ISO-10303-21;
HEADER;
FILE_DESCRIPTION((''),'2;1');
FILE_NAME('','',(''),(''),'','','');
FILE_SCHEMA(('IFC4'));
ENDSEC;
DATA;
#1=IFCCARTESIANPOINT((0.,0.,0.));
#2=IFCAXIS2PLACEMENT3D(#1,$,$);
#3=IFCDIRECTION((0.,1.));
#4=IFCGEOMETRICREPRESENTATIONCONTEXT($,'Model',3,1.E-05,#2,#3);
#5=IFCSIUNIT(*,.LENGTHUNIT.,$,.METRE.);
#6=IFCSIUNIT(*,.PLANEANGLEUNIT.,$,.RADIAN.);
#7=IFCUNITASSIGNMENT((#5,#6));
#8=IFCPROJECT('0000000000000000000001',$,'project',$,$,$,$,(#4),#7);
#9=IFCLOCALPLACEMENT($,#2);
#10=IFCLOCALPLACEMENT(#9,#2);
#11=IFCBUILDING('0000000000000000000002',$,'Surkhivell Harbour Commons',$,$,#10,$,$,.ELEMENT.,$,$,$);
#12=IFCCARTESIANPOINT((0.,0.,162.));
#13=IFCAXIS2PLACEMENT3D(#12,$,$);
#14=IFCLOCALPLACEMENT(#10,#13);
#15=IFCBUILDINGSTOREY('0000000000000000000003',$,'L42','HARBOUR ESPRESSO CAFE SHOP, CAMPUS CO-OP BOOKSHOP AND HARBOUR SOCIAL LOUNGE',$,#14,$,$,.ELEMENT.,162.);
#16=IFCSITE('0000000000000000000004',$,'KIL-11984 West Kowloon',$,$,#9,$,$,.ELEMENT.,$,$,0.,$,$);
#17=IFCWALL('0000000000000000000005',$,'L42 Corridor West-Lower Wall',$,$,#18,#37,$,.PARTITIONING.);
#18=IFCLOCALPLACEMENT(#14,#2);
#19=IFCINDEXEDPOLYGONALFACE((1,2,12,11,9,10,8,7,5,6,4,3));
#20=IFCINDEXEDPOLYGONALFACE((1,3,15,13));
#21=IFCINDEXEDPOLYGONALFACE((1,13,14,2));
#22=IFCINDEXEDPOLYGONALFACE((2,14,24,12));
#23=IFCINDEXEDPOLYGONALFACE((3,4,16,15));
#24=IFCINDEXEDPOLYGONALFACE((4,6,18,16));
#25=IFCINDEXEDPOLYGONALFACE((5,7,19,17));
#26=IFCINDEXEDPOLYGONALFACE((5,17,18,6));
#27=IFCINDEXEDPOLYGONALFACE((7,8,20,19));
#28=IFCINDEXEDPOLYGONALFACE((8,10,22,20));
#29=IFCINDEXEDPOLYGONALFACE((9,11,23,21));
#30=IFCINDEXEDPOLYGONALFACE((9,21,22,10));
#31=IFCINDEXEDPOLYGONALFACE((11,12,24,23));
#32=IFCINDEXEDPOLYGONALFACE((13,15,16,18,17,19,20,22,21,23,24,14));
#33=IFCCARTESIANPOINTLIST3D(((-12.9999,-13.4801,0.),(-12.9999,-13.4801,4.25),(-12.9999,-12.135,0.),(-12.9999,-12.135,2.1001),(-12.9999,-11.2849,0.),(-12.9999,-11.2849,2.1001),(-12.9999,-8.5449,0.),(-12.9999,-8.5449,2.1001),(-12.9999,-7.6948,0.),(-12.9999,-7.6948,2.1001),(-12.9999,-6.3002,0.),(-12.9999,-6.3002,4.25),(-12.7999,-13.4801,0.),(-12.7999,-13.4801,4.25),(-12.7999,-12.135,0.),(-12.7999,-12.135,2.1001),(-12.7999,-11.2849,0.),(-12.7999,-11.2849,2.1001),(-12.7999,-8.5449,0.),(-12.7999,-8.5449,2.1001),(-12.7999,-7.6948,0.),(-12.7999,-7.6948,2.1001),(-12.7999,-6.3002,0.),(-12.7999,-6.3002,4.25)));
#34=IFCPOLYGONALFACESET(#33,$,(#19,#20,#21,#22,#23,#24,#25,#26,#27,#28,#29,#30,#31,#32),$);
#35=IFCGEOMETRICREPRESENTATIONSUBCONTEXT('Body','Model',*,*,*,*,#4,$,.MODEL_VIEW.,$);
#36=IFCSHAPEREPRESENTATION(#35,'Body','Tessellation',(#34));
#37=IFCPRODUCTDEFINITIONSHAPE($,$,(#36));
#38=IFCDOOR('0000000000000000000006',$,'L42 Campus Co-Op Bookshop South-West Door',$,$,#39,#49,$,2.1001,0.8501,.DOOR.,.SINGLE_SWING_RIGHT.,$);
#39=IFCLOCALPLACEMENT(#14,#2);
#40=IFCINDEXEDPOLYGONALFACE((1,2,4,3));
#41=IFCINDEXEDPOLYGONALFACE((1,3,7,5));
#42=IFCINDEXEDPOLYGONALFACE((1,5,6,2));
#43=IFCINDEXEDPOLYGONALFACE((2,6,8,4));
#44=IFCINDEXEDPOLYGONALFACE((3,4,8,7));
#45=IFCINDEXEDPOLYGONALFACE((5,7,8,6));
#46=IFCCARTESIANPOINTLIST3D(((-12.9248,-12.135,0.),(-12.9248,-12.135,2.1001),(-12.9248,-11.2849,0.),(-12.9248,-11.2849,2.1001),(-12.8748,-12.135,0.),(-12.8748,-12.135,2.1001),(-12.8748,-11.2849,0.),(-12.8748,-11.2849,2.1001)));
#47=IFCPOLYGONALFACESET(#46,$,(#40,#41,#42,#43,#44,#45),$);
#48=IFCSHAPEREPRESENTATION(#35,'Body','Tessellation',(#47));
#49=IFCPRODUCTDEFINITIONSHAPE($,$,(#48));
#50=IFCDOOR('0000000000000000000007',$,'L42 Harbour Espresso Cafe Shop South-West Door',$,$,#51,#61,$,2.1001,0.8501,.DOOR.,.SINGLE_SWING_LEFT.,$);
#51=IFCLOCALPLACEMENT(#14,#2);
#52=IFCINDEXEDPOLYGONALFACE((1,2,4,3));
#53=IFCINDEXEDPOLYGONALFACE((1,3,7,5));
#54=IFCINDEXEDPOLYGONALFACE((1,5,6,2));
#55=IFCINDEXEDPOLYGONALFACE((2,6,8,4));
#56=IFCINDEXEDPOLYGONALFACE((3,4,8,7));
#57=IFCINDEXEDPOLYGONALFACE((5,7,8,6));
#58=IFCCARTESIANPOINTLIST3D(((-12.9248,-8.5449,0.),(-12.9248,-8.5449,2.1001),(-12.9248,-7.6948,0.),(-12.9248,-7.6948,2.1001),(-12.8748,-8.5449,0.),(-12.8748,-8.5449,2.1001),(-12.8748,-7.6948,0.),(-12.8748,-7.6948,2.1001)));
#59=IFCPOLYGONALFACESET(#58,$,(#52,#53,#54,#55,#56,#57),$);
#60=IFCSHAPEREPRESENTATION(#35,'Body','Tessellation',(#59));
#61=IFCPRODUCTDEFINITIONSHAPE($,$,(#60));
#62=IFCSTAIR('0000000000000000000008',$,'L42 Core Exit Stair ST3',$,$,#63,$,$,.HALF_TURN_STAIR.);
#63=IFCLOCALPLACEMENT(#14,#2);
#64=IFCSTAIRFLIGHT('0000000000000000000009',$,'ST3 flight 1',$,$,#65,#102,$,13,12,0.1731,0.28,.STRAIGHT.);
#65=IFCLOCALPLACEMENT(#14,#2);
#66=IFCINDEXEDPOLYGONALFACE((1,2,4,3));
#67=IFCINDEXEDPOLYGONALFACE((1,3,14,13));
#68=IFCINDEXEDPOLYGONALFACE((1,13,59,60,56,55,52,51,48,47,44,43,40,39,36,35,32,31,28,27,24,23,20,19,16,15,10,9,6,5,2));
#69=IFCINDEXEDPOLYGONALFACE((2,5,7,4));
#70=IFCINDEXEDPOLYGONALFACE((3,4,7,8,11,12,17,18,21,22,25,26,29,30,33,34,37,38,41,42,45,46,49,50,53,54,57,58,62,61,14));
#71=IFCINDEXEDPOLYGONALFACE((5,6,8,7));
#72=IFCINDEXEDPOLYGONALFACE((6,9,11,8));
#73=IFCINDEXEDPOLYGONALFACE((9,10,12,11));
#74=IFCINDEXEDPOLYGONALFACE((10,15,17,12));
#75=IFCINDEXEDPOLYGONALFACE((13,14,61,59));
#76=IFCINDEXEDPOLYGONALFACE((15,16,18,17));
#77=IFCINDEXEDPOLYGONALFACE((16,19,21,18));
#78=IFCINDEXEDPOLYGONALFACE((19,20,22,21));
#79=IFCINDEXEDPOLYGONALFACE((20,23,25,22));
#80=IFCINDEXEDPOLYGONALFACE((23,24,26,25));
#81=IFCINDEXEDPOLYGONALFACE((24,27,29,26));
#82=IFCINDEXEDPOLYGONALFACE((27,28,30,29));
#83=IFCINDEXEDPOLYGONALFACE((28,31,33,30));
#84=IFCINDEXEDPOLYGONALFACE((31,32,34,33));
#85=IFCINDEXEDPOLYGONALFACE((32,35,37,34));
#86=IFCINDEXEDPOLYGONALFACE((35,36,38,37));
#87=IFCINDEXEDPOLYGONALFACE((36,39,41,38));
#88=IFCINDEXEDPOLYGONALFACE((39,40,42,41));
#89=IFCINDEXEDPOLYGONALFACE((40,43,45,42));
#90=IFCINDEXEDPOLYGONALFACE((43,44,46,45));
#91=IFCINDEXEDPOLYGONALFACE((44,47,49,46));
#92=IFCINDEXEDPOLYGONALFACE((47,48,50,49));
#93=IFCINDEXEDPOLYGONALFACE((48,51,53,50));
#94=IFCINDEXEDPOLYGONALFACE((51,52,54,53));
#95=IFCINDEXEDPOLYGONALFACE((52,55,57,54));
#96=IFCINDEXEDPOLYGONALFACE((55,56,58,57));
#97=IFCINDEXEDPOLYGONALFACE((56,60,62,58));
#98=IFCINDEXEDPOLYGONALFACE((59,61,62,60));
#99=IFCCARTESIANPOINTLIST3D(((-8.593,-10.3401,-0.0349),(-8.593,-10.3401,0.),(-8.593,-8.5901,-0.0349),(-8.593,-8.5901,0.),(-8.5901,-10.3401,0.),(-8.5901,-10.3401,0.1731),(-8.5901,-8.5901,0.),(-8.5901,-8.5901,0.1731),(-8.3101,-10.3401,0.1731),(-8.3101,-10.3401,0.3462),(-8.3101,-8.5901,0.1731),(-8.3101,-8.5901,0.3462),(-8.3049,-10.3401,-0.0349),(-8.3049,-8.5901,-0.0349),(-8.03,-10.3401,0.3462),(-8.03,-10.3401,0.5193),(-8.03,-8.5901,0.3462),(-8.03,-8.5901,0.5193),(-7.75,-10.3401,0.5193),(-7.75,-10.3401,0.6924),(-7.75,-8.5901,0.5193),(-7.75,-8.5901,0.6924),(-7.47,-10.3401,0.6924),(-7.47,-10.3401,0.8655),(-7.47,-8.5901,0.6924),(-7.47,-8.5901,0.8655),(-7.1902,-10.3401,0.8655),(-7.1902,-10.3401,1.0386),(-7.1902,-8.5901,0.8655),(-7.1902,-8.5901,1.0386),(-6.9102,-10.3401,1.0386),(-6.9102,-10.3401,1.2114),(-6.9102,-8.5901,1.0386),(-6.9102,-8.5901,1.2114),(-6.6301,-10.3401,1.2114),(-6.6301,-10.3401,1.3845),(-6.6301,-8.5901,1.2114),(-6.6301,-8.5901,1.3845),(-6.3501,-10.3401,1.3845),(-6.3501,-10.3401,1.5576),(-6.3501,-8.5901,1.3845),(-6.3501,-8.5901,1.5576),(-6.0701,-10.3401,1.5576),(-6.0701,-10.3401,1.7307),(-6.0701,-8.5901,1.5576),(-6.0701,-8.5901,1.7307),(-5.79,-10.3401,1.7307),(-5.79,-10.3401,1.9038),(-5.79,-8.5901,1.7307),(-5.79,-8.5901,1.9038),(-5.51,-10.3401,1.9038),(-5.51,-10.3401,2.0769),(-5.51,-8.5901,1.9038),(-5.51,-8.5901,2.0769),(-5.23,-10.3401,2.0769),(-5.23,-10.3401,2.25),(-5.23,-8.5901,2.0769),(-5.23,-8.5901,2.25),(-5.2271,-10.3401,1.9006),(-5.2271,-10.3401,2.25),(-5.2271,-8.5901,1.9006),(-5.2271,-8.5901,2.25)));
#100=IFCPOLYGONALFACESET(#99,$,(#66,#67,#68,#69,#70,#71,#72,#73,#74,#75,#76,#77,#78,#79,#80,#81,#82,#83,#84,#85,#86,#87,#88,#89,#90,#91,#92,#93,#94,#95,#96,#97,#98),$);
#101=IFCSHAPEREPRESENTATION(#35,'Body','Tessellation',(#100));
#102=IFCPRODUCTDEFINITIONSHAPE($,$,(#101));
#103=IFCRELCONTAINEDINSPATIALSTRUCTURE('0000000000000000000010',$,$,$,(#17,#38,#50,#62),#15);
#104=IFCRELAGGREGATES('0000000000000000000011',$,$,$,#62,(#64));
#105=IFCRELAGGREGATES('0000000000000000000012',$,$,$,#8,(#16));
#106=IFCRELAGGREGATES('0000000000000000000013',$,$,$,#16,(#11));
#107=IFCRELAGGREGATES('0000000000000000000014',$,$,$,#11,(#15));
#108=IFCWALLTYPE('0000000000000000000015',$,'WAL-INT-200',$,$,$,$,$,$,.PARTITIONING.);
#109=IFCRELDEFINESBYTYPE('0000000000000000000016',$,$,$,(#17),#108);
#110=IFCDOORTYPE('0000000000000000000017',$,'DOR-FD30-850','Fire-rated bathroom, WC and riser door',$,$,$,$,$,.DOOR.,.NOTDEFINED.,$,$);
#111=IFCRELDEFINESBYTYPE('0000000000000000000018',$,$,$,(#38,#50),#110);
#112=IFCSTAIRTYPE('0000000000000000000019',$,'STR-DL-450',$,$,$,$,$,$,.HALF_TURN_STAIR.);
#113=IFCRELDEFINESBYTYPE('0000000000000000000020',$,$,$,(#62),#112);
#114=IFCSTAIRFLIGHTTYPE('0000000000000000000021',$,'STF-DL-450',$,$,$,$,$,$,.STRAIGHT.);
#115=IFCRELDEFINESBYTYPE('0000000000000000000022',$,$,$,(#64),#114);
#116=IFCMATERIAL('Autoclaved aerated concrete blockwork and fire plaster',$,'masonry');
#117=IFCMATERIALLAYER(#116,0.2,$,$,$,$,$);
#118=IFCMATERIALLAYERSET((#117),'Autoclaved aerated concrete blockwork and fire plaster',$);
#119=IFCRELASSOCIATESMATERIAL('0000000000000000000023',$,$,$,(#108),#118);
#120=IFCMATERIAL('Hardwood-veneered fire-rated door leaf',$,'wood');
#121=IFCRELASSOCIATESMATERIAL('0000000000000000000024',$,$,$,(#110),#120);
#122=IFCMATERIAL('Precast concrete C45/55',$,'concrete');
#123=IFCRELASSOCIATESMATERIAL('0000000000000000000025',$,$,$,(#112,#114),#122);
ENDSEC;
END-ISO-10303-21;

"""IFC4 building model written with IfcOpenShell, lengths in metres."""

from ifc_helpers import new_model, si_unit, direction, frame, frame_2d, origin, place, context, subcontext, project, spatial, polyline, rectangle, outline, extrude, material, layer, layer_set, type_object, element, fill, aggregate, save


model = new_model("IFC4")

# Units and contexts
model_context = context("Model", 3, precision=1e-05, world=origin(), true_north=direction((0.0, 1.0)))
body_context = subcontext(model_context, "Body", "Model", "MODEL_VIEW")
ifc_project = project(units=[si_unit("LENGTHUNIT", "METRE"), si_unit("PLANEANGLEUNIT", "RADIAN")], contexts=[model_context])

# Site, building, storey
site_placement = place(None, origin())
site = spatial("IfcSite", under=ifc_project, at=site_placement, Name="KIL-11984 West Kowloon", CompositionType="ELEMENT", RefElevation=0.0)
building_placement = place(site_placement, origin())
building = spatial("IfcBuilding", under=site, at=building_placement, Name="Surkhivell Harbour Commons", CompositionType="ELEMENT")
storey_placement = place(building_placement, frame((0.0, 0.0, 162.0)))
storey = spatial("IfcBuildingStorey", under=building, at=storey_placement, Name="L42", Description="HARBOUR ESPRESSO CAFE SHOP, CAMPUS CO-OP BOOKSHOP AND HARBOUR SOCIAL LOUNGE", CompositionType="ELEMENT", Elevation=162.0)

# Shared definitions
ifc_material_1 = material(Name="Autoclaved aerated concrete blockwork and fire plaster", Category="masonry")
ifc_layer_1 = layer(ifc_material_1, 0.2)
ifc_layer_set_1 = layer_set([ifc_layer_1], Name="Autoclaved aerated concrete blockwork and fire plaster")
wall_type_1 = type_object("IfcWallType", Name="WAL-INT-200", PredefinedType="PARTITIONING", material=ifc_layer_set_1)

# Wall, openings, doors
ifc_material_2 = material(Name="Hardwood-veneered fire-rated door leaf", Category="wood")
door_type_1 = type_object("IfcDoorType", Name="DOR-FD30-850", Description="Fire-rated bathroom, WC and riser door", OperationType="NOTDEFINED", PredefinedType="DOOR", material=ifc_material_2)
wall_1_placement = place(storey_placement, frame((-12.8999, -13.48, 0.0), z_axis=(0.0, 0.0, 1.0), x_axis=(0.0, 1.0, 0.0)))
wall_1 = element("IfcWall", 1, at=wall_1_placement, inside=storey, type_object=wall_type_1, Name="L42 Corridor West-Lower Wall", PredefinedType="PARTITIONING", context=body_context, shape_type="SweptSolid", body=[
    extrude(rectangle(XDim=7.1799, YDim=0.2, at=frame_2d((3.5898, 0.0))), origin(), (0.0, 0.0, 1.0), 4.25),
])
opening_1_placement = place(wall_1_placement, frame((1.345, 0.0, 0.0)))
opening_1 = element("IfcOpeningElement", 2, at=opening_1_placement, cuts=wall_1, PredefinedType="OPENING", context=body_context, shape_type="SweptSolid", body=[
    extrude(rectangle(XDim=0.8501, YDim=2.1001, at=frame_2d((0.425, 1.05))), frame((0.0, 0.1099, 0.0), z_axis=(0.0, -1.0, 0.0), x_axis=(1.0, 0.0, 0.0)), (0.0, 0.0, 1.0), 0.22),
])
opening_2_placement = place(wall_1_placement, frame((4.9351, 0.0, 0.0)))
opening_2 = element("IfcOpeningElement", 3, at=opening_2_placement, cuts=wall_1, PredefinedType="OPENING", context=body_context, shape_type="SweptSolid", body=[
    extrude(rectangle(XDim=0.8501, YDim=2.1001, at=frame_2d((0.425, 1.05))), frame((0.0, 0.1099, 0.0), z_axis=(0.0, -1.0, 0.0), x_axis=(1.0, 0.0, 0.0)), (0.0, 0.0, 1.0), 0.22),
])
door_1_placement = place(opening_1_placement, origin())
door_1 = element("IfcDoor", 4, at=door_1_placement, inside=storey, type_object=door_type_1, Name="L42 Campus Co-Op Bookshop South-West Door", OperationType="SINGLE_SWING_RIGHT", OverallHeight=2.1001, OverallWidth=0.8501, PredefinedType="DOOR", context=body_context, shape_type="SweptSolid", body=[
    extrude(rectangle(XDim=0.8501, YDim=2.1001, at=frame_2d((0.425, 1.05))), frame((0.0, 0.0249, 0.0), z_axis=(0.0, -1.0, 0.0), x_axis=(1.0, 0.0, 0.0)), (0.0, 0.0, 1.0), 0.05),
])
fill(opening_1, door_1)
door_2_placement = place(opening_2_placement, origin())
door_2 = element("IfcDoor", 5, at=door_2_placement, inside=storey, type_object=door_type_1, Name="L42 Harbour Espresso Cafe Shop South-West Door", OperationType="SINGLE_SWING_LEFT", OverallHeight=2.1001, OverallWidth=0.8501, PredefinedType="DOOR", context=body_context, shape_type="SweptSolid", body=[
    extrude(rectangle(XDim=0.8501, YDim=2.1001, at=frame_2d((0.425, 1.05))), frame((0.0, 0.0249, 0.0), z_axis=(0.0, -1.0, 0.0), x_axis=(1.0, 0.0, 0.0)), (0.0, 0.0, 1.0), 0.05),
])
fill(opening_2, door_2)

# Stair, stair flight
ifc_material_3 = material(Name="Precast concrete C45/55", Category="concrete")
stair_type = type_object("IfcStairType", Name="STR-DL-450", PredefinedType="HALF_TURN_STAIR", material=ifc_material_3)
stair_placement = place(storey_placement, origin())
stair = element("IfcStair", 6, at=stair_placement, inside=storey, type_object=stair_type, Name="L42 Core Exit Stair ST3", PredefinedType="HALF_TURN_STAIR")
stair_flight_type = type_object("IfcStairFlightType", Name="STF-DL-450", PredefinedType="STRAIGHT", material=ifc_material_3)
stair_flight_placement = place(storey_placement, frame((-8.5901, -9.4651, 0.0), z_axis=(0.0, 0.0, 1.0), x_axis=(1.0, 0.0, 0.0)))
stair_flight = element("IfcStairFlight", 7, at=stair_flight_placement, type_object=stair_flight_type, Name="ST3 flight 1", NumberOfRisers=13, NumberOfTreads=12, PredefinedType="STRAIGHT", RiserHeight=0.1731, TreadLength=0.28, context=body_context, shape_type="SweptSolid", body=[
    extrude(outline(polyline([(-0.0029, -0.0349), (-0.0029, 0.0), (0.0, 0.0), (0.0, 0.1731), (0.28, 0.1731), (0.28, 0.3462), (0.5601, 0.3462), (0.5601, 0.5193), (0.8401, 0.5193), (0.8401, 0.6924), (1.1201, 0.6924), (1.1201, 0.8655), (1.3999, 0.8655), (1.3999, 1.0386), (1.6799, 1.0386), (1.6799, 1.2114), (1.96, 1.2114), (1.96, 1.3845), (2.24, 1.3845), (2.24, 1.5576), (2.52, 1.5576), (2.52, 1.7307), (2.8, 1.7307), (2.8, 1.9038), (3.0801, 1.9038), (3.0801, 2.0769), (3.3601, 2.0769), (3.3601, 2.25), (3.363, 2.25), (3.363, 1.9006), (0.2852, -0.0349), (-0.0029, -0.0349)])), frame((0.0, 0.875, 0.0), z_axis=(0.0, -1.0, 0.0), x_axis=(1.0, 0.0, 0.0)), (0.0, 0.0, 1.0), 1.75),
])
aggregate(stair, [stair_flight])

save(model, "model.ifc")
